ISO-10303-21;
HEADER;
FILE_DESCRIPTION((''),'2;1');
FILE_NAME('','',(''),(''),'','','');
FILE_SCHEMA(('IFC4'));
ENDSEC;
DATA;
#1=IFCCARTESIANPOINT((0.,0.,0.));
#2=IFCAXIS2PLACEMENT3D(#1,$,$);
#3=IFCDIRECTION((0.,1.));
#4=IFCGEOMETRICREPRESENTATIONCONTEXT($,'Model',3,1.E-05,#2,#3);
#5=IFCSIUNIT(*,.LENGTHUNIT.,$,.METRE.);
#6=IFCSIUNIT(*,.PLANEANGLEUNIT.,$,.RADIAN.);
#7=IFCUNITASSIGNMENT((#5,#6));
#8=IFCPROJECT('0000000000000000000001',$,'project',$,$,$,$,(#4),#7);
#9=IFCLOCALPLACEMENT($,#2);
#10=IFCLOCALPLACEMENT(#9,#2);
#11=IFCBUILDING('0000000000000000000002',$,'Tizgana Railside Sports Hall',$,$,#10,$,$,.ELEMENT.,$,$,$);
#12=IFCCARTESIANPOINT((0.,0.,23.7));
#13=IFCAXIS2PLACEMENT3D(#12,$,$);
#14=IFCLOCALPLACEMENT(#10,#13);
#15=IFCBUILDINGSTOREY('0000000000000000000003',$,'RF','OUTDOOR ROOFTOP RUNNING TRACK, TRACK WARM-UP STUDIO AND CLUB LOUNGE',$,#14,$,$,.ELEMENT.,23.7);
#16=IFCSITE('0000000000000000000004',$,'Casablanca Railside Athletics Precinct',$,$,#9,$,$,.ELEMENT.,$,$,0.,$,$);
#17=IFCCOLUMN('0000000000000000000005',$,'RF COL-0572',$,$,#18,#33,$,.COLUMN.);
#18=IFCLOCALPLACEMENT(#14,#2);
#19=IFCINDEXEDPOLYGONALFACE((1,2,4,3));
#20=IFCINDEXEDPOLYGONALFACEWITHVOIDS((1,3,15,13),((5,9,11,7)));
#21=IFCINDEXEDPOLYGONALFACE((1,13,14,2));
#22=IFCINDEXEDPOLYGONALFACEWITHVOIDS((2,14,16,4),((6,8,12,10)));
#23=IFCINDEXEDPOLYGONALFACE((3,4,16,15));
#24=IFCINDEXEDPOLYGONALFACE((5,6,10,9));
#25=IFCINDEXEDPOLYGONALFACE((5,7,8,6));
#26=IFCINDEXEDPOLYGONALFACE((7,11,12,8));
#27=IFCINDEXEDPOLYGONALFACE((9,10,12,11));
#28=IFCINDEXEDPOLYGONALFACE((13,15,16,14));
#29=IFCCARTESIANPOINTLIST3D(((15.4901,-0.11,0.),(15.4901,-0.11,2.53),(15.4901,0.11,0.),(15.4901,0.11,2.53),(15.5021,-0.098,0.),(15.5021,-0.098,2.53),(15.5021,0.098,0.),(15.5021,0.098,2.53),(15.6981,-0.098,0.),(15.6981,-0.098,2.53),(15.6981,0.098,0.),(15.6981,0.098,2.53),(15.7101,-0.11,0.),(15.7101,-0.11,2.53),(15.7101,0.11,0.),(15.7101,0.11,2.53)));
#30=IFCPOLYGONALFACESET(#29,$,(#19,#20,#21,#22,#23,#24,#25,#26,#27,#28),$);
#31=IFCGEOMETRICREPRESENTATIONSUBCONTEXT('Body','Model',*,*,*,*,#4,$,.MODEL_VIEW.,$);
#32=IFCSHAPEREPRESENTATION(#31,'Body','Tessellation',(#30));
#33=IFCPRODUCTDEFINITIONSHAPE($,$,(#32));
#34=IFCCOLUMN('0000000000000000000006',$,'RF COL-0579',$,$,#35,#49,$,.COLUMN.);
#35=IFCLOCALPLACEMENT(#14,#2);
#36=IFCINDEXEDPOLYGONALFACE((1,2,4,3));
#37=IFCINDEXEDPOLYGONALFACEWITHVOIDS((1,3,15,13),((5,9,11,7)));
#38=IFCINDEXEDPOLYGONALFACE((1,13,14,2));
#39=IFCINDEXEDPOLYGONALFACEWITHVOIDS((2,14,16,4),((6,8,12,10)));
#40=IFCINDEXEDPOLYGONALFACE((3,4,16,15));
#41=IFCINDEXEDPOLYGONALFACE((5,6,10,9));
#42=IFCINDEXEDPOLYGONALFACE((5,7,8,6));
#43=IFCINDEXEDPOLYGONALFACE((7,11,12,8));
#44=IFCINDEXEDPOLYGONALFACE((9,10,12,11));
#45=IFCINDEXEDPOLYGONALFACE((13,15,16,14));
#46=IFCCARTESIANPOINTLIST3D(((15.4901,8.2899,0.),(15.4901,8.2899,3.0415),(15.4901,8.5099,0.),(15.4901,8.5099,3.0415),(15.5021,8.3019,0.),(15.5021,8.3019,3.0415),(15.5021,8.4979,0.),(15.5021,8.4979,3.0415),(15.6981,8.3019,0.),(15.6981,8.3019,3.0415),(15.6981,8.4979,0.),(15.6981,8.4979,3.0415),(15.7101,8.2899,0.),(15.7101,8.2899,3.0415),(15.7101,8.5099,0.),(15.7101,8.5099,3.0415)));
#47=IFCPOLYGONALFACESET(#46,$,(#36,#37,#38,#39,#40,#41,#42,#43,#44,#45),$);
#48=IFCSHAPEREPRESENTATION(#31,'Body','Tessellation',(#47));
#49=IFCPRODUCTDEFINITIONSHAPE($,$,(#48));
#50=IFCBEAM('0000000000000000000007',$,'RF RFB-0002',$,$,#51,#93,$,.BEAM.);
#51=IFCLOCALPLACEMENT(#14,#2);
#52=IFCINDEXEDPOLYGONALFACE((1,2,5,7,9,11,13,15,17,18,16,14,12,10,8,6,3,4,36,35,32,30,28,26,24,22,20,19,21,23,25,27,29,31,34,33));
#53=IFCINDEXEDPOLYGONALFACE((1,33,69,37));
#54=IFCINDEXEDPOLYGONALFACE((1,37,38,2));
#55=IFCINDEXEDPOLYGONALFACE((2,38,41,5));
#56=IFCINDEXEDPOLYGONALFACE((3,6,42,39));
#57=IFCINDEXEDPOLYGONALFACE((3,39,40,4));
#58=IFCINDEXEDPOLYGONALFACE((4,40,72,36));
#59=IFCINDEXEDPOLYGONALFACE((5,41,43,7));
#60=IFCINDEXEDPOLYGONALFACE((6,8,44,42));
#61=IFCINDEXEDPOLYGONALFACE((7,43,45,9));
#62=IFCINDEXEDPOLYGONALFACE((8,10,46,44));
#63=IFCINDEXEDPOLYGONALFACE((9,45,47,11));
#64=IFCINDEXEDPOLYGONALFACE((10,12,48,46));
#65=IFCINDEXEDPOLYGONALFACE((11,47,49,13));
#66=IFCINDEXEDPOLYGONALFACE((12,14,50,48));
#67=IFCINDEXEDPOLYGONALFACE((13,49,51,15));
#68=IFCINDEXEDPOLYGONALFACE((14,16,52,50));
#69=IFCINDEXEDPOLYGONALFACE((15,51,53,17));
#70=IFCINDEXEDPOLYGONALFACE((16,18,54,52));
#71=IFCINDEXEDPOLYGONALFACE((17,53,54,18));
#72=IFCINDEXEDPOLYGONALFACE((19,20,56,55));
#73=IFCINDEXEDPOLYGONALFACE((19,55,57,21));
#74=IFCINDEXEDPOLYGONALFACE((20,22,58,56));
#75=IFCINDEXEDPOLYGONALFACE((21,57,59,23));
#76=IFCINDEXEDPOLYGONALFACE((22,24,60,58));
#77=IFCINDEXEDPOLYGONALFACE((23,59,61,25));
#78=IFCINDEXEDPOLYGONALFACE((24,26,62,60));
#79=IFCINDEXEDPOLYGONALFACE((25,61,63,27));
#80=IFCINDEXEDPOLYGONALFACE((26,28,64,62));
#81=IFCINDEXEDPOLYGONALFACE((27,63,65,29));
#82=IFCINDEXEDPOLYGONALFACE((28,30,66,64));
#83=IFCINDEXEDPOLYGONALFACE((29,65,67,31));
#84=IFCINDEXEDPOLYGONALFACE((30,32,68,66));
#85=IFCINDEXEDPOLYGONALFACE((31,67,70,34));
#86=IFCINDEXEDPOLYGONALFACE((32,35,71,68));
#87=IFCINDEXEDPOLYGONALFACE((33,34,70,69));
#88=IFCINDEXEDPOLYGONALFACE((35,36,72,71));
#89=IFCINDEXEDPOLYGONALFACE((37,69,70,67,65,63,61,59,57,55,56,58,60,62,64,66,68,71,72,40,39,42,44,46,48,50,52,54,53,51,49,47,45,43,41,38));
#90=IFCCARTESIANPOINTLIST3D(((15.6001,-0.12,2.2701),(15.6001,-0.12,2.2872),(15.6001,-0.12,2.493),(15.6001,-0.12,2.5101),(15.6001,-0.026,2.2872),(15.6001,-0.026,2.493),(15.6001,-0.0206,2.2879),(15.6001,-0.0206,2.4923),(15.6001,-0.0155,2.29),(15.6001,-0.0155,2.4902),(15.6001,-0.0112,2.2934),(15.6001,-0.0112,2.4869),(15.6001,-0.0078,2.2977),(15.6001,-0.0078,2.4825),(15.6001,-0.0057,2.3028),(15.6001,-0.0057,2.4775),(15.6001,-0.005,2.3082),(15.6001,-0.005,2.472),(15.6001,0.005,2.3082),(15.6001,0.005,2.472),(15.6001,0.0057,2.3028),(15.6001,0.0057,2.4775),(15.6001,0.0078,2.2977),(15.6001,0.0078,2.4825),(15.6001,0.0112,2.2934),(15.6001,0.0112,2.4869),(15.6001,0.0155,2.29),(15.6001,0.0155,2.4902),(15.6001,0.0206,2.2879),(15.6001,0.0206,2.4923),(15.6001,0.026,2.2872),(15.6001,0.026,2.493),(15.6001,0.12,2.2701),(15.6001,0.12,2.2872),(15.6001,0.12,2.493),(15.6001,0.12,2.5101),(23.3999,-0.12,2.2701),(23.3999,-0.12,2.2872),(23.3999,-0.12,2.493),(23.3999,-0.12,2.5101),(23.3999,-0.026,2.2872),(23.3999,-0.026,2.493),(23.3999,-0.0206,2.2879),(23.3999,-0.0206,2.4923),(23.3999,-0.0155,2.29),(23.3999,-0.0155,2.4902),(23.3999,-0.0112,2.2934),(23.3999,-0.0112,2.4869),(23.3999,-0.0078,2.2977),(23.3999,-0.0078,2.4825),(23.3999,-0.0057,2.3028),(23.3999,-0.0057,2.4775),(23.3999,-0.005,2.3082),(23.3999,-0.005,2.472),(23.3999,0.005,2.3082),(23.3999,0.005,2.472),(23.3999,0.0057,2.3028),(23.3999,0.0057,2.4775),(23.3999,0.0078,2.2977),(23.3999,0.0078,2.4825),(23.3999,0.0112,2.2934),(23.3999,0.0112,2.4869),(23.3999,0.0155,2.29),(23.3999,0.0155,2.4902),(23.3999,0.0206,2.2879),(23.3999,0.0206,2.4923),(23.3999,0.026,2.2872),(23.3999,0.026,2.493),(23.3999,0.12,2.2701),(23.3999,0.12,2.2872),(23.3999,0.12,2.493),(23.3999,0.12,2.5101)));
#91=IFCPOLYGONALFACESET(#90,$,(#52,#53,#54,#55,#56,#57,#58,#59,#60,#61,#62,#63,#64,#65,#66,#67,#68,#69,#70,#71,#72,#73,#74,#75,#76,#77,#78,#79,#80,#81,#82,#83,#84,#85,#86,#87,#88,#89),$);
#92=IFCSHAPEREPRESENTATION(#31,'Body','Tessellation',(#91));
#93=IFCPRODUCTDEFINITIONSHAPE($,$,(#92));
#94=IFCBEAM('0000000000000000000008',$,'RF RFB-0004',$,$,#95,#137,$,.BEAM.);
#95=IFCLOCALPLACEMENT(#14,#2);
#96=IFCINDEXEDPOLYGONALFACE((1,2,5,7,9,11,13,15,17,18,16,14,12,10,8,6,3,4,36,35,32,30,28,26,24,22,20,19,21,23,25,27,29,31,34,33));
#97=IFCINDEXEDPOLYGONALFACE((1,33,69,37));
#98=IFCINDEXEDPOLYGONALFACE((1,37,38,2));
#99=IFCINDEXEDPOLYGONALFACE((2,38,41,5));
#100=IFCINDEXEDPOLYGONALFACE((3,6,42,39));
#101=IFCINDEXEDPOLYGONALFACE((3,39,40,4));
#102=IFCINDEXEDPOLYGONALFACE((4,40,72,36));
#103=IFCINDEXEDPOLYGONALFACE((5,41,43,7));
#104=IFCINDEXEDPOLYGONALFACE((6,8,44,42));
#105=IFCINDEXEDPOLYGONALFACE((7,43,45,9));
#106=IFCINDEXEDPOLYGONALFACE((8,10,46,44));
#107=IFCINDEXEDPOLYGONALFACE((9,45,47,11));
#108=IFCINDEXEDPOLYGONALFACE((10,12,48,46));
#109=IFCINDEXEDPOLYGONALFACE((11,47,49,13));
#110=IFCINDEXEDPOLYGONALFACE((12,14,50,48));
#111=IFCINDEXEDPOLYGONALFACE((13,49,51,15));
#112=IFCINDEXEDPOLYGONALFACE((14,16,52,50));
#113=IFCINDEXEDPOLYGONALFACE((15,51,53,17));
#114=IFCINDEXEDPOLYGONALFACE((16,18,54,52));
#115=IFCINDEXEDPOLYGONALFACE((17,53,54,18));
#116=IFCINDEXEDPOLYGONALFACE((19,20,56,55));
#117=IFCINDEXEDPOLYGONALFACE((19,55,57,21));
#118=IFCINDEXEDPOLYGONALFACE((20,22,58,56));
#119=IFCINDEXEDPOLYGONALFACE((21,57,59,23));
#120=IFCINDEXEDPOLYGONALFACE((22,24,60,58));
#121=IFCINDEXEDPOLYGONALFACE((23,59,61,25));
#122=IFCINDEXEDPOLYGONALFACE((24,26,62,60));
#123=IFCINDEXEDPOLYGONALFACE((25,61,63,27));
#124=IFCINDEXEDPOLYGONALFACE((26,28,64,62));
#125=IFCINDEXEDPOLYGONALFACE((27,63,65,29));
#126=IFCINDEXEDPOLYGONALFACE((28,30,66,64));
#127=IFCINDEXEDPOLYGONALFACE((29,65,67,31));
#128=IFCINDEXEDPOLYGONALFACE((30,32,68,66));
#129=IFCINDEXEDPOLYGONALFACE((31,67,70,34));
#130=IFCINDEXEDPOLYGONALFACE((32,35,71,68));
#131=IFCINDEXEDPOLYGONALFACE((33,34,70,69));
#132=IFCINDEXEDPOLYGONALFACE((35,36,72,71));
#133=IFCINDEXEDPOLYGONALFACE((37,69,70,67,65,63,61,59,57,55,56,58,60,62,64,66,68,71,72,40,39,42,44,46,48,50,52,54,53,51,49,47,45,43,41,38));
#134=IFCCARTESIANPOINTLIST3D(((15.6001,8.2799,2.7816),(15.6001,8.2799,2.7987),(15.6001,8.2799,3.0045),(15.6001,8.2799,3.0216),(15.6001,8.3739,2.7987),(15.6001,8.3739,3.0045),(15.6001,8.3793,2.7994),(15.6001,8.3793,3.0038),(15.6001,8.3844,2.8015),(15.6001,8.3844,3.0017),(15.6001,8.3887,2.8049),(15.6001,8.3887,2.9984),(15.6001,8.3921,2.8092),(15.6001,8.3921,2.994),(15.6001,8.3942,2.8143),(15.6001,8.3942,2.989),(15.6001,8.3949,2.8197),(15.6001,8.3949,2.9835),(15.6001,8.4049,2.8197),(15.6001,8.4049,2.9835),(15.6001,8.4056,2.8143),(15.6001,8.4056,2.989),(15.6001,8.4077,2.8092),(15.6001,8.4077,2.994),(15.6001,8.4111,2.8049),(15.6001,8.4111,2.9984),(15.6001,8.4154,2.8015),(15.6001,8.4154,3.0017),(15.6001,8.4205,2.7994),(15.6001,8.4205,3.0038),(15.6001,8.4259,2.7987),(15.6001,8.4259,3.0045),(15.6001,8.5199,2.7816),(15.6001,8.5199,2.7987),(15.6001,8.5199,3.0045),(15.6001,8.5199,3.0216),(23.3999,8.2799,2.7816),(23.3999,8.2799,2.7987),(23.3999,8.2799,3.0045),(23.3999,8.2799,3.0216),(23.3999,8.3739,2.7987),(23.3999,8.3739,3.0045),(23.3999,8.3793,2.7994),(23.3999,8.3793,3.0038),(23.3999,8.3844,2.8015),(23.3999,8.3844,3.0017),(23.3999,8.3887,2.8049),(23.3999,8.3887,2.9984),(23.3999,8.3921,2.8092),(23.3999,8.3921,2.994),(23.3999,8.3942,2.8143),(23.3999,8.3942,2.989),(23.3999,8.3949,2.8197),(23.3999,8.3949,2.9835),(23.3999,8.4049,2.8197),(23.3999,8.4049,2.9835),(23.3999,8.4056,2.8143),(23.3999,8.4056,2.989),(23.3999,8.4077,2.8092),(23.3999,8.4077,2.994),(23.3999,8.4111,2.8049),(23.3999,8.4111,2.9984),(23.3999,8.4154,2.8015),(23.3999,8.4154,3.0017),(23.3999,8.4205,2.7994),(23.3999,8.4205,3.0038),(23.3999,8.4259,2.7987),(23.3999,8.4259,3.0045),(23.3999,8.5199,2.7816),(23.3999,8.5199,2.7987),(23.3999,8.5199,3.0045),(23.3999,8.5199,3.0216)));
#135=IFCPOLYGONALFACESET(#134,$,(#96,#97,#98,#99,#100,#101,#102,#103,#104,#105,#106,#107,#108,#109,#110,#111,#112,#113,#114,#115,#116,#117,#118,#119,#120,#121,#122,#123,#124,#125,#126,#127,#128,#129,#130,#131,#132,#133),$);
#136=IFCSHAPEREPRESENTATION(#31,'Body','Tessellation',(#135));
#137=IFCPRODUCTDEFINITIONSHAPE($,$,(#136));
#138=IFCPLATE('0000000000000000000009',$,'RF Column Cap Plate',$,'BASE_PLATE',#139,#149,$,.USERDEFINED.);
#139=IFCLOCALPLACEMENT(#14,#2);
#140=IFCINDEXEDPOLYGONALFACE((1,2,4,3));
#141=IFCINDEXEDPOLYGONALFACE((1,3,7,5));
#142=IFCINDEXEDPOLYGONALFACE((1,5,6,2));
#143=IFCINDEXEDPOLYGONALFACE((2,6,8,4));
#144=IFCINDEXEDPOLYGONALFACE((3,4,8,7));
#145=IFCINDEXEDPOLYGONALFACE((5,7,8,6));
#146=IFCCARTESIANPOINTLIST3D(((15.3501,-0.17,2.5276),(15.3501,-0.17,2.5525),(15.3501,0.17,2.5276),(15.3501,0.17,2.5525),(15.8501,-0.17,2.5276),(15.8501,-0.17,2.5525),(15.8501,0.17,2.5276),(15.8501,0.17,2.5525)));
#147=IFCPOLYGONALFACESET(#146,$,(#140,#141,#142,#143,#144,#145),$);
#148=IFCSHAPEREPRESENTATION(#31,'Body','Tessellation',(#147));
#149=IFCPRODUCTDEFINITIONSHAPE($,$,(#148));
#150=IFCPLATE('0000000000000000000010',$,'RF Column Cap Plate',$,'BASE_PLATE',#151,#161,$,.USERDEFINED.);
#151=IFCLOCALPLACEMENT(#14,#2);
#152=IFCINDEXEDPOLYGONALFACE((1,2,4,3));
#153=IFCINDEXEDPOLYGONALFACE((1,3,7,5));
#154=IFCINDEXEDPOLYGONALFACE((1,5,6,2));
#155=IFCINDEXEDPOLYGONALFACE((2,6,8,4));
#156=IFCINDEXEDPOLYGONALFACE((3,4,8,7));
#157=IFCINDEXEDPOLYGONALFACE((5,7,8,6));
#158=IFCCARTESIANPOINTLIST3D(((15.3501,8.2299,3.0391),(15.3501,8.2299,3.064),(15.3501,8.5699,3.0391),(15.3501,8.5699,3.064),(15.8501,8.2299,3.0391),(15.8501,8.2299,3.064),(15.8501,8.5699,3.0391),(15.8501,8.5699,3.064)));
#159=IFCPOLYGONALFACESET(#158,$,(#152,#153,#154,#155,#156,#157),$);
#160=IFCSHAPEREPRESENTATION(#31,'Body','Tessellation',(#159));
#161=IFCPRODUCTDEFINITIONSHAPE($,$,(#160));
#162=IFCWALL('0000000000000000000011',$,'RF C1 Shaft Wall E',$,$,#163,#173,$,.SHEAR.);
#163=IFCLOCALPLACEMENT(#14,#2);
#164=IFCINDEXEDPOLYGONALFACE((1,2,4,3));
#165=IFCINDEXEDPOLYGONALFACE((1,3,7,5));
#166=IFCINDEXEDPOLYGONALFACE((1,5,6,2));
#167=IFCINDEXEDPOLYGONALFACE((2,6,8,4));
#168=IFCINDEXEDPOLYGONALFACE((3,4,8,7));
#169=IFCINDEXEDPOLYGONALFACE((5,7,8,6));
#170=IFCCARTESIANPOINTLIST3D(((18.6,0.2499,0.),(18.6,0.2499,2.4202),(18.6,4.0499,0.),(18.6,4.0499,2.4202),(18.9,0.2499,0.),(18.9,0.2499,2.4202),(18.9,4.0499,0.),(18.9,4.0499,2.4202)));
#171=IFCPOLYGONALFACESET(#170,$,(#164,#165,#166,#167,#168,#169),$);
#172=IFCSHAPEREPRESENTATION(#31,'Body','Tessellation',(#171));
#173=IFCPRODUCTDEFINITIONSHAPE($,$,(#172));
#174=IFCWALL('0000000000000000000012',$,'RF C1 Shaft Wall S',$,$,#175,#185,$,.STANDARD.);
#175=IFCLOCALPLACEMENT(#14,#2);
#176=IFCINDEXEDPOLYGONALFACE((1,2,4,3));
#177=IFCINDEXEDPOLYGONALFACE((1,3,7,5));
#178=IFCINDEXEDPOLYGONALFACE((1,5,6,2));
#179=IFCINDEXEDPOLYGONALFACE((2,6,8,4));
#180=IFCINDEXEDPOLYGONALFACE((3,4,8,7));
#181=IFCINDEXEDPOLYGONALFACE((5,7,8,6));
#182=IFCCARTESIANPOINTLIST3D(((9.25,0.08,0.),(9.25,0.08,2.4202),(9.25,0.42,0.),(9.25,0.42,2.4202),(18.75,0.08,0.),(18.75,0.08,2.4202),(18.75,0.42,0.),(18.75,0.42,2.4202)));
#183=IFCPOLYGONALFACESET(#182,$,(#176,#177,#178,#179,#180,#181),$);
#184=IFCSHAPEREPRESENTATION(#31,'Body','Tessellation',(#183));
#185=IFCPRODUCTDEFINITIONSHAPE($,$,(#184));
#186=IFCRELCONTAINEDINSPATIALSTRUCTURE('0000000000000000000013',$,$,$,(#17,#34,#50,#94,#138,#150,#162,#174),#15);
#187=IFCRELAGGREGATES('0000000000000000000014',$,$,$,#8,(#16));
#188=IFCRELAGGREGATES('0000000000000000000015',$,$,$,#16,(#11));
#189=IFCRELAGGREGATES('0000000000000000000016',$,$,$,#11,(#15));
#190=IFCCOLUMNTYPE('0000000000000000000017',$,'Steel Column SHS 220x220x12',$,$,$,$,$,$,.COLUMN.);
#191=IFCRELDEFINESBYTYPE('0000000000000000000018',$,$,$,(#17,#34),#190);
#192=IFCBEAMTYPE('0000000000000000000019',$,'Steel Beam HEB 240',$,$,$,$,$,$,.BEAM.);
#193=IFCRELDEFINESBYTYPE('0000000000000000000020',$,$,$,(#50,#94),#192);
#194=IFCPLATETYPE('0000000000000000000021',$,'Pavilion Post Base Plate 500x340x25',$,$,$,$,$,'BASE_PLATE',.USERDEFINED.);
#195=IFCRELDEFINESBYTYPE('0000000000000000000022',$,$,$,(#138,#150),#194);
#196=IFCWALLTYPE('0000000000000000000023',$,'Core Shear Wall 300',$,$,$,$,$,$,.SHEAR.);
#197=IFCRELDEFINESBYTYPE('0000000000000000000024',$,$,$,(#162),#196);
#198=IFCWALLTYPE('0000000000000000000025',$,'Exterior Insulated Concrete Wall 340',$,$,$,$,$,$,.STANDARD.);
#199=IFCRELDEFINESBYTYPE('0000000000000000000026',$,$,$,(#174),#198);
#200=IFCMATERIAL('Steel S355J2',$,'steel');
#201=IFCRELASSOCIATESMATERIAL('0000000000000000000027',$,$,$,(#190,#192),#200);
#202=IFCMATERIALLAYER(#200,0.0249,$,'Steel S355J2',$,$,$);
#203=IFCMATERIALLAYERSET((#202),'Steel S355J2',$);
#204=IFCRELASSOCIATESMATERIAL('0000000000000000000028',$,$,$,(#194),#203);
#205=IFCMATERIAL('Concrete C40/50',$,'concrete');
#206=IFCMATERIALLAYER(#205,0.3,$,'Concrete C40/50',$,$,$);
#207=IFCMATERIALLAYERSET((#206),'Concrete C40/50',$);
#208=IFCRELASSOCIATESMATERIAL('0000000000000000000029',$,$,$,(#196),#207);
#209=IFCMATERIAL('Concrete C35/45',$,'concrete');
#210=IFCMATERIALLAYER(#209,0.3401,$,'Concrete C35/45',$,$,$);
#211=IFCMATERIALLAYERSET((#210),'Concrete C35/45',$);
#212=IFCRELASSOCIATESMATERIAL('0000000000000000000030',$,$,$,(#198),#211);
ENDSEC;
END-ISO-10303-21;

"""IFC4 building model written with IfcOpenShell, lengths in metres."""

from ifc_helpers import new_model, si_unit, direction, frame, frame_2d, origin, origin_2d, place, context, subcontext, project, spatial, rectangle, hollow_rectangle, i_section, extrude, material, layer, layer_set, material_profile, profile_set, type_object, element, save


model = new_model("IFC4")

# Units and contexts
model_context = context("Model", 3, precision=1e-05, world=origin(), true_north=direction((0.0, 1.0)))
body_context = subcontext(model_context, "Body", "Model", "MODEL_VIEW")
ifc_project = project(units=[si_unit("LENGTHUNIT", "METRE"), si_unit("PLANEANGLEUNIT", "RADIAN")], contexts=[model_context])

# Site, building, storey
site_placement = place(None, origin())
site = spatial("IfcSite", under=ifc_project, at=site_placement, Name="Casablanca Railside Athletics Precinct", CompositionType="ELEMENT", RefElevation=0.0)
building_placement = place(site_placement, origin())
building = spatial("IfcBuilding", under=site, at=building_placement, Name="Tizgana Railside Sports Hall", CompositionType="ELEMENT")
storey_placement = place(building_placement, frame((0.0, 0.0, 23.7)))
storey = spatial("IfcBuildingStorey", under=building, at=storey_placement, Name="RF", Description="OUTDOOR ROOFTOP RUNNING TRACK, TRACK WARM-UP STUDIO AND CLUB LOUNGE", CompositionType="ELEMENT", Elevation=23.7)

# Columns
ifc_material_1 = material(Name="Steel S355J2", Category="steel")
ifc_material_profile_1 = material_profile(ifc_material_1, hollow_rectangle(XDim=0.22, YDim=0.22, WallThickness=0.012, at=origin_2d()), Name="SHS 220x220x12")
ifc_profile_set_1 = profile_set([ifc_material_profile_1], Name="Steel S355J2")
column_type = type_object("IfcColumnType", Name="Steel Column SHS 220x220x12", PredefinedType="COLUMN", material=ifc_profile_set_1)
column_1_placement = place(storey_placement, frame((15.6001, 0.0, 0.0), z_axis=(0.0, 0.0, 1.0), x_axis=(1.0, 0.0, 0.0)))
element("IfcColumn", 1, at=column_1_placement, inside=storey, type_object=column_type, Name="RF COL-0572", PredefinedType="COLUMN", context=body_context, shape_type="SweptSolid", body=[
    extrude(hollow_rectangle(XDim=0.22, YDim=0.22, WallThickness=0.012, at=origin_2d()), origin(), (0.0, 0.0, 1.0), 2.53),
])
column_2_placement = place(storey_placement, frame((15.6001, 8.3999, 0.0), z_axis=(0.0, 0.0, 1.0), x_axis=(1.0, 0.0, 0.0)))
element("IfcColumn", 2, at=column_2_placement, inside=storey, type_object=column_type, Name="RF COL-0579", PredefinedType="COLUMN", context=body_context, shape_type="SweptSolid", body=[
    extrude(hollow_rectangle(XDim=0.22, YDim=0.22, WallThickness=0.012, at=origin_2d()), origin(), (0.0, 0.0, 1.0), 3.0415),
])

# Beams
ifc_material_profile_2 = material_profile(ifc_material_1, i_section(OverallWidth=0.24, OverallDepth=0.24, WebThickness=0.01, FlangeThickness=0.0171, FilletRadius=0.021, at=origin_2d()), Name="HEB 240")
ifc_profile_set_2 = profile_set([ifc_material_profile_2], Name="Steel S355J2")
beam_type = type_object("IfcBeamType", Name="Steel Beam HEB 240", PredefinedType="BEAM", material=ifc_profile_set_2)
for number, where, z_axis, x_axis, name in (
    (3, (15.6001, 0.0, 2.3901), (1.0, 0.0, 0.0), (0.0, 1.0, 0.0), "RF RFB-0002"),
    (4, (15.6001, 8.3999, 2.9016), (1.0, 0.0, 0.0), (0.0, 1.0, 0.0), "RF RFB-0004"),
):
    element("IfcBeam", number, at=place(storey_placement, frame(where, z_axis=z_axis, x_axis=x_axis)), inside=storey, type_object=beam_type, Name=name, PredefinedType="BEAM", context=body_context, shape_type="SweptSolid", body=[
        extrude(i_section(OverallWidth=0.24, OverallDepth=0.24, WebThickness=0.01, FlangeThickness=0.0171, FilletRadius=0.021, at=origin_2d()), origin(), (0.0, 0.0, 1.0), 7.7998),
    ])

# Plates
ifc_layer_1 = layer(ifc_material_1, 0.0249, Name="Steel S355J2")
ifc_layer_set_1 = layer_set([ifc_layer_1], Name="Steel S355J2")
plate_type = type_object("IfcPlateType", Name="Pavilion Post Base Plate 500x340x25", ElementType="BASE_PLATE", PredefinedType="USERDEFINED", material=ifc_layer_set_1)
for number, where, z_axis, x_axis, name in (
    (5, (15.6001, 0.0, 2.5276), (0.0, 0.0, 1.0), (1.0, 0.0, 0.0), "RF Column Cap Plate"),
    (6, (15.6001, 8.3999, 3.0391), (0.0, 0.0, 1.0), (1.0, 0.0, 0.0), "RF Column Cap Plate"),
):
    element("IfcPlate", number, at=place(storey_placement, frame(where, z_axis=z_axis, x_axis=x_axis)), inside=storey, type_object=plate_type, Name=name, ObjectType="BASE_PLATE", PredefinedType="USERDEFINED", context=body_context, shape_type="SweptSolid", body=[
        extrude(rectangle(XDim=0.5, YDim=0.3401, at=origin_2d()), origin(), (0.0, 0.0, 1.0), 0.0249),
    ])

# Walls
ifc_material_2 = material(Name="Concrete C40/50", Category="concrete")
ifc_layer_2 = layer(ifc_material_2, 0.3, Name="Concrete C40/50")
ifc_layer_set_2 = layer_set([ifc_layer_2], Name="Concrete C40/50")
wall_type_1 = type_object("IfcWallType", Name="Core Shear Wall 300", PredefinedType="SHEAR", material=ifc_layer_set_2)
wall_1_placement = place(storey_placement, frame((18.75, 0.25, 0.0), z_axis=(0.0, 0.0, 1.0), x_axis=(0.0, 1.0, 0.0)))
element("IfcWall", 7, at=wall_1_placement, inside=storey, type_object=wall_type_1, Name="RF C1 Shaft Wall E", PredefinedType="SHEAR", context=body_context, shape_type="SweptSolid", body=[
    extrude(rectangle(XDim=3.8, YDim=0.3, at=frame_2d((1.8999, 0.0))), origin(), (0.0, 0.0, 1.0), 2.4202),
])
ifc_material_3 = material(Name="Concrete C35/45", Category="concrete")
ifc_layer_3 = layer(ifc_material_3, 0.3401, Name="Concrete C35/45")
ifc_layer_set_3 = layer_set([ifc_layer_3], Name="Concrete C35/45")
wall_type_2 = type_object("IfcWallType", Name="Exterior Insulated Concrete Wall 340", PredefinedType="STANDARD", material=ifc_layer_set_3)
wall_2_placement = place(storey_placement, frame((18.75, 0.25, 0.0), z_axis=(0.0, 0.0, 1.0), x_axis=(-1.0, 0.0, 0.0)))
element("IfcWall", 8, at=wall_2_placement, inside=storey, type_object=wall_type_2, Name="RF C1 Shaft Wall S", PredefinedType="STANDARD", context=body_context, shape_type="SweptSolid", body=[
    extrude(rectangle(XDim=9.5, YDim=0.3401, at=frame_2d((4.75, 0.0))), origin(), (0.0, 0.0, 1.0), 2.4202),
])

save(model, "model.ifc")
